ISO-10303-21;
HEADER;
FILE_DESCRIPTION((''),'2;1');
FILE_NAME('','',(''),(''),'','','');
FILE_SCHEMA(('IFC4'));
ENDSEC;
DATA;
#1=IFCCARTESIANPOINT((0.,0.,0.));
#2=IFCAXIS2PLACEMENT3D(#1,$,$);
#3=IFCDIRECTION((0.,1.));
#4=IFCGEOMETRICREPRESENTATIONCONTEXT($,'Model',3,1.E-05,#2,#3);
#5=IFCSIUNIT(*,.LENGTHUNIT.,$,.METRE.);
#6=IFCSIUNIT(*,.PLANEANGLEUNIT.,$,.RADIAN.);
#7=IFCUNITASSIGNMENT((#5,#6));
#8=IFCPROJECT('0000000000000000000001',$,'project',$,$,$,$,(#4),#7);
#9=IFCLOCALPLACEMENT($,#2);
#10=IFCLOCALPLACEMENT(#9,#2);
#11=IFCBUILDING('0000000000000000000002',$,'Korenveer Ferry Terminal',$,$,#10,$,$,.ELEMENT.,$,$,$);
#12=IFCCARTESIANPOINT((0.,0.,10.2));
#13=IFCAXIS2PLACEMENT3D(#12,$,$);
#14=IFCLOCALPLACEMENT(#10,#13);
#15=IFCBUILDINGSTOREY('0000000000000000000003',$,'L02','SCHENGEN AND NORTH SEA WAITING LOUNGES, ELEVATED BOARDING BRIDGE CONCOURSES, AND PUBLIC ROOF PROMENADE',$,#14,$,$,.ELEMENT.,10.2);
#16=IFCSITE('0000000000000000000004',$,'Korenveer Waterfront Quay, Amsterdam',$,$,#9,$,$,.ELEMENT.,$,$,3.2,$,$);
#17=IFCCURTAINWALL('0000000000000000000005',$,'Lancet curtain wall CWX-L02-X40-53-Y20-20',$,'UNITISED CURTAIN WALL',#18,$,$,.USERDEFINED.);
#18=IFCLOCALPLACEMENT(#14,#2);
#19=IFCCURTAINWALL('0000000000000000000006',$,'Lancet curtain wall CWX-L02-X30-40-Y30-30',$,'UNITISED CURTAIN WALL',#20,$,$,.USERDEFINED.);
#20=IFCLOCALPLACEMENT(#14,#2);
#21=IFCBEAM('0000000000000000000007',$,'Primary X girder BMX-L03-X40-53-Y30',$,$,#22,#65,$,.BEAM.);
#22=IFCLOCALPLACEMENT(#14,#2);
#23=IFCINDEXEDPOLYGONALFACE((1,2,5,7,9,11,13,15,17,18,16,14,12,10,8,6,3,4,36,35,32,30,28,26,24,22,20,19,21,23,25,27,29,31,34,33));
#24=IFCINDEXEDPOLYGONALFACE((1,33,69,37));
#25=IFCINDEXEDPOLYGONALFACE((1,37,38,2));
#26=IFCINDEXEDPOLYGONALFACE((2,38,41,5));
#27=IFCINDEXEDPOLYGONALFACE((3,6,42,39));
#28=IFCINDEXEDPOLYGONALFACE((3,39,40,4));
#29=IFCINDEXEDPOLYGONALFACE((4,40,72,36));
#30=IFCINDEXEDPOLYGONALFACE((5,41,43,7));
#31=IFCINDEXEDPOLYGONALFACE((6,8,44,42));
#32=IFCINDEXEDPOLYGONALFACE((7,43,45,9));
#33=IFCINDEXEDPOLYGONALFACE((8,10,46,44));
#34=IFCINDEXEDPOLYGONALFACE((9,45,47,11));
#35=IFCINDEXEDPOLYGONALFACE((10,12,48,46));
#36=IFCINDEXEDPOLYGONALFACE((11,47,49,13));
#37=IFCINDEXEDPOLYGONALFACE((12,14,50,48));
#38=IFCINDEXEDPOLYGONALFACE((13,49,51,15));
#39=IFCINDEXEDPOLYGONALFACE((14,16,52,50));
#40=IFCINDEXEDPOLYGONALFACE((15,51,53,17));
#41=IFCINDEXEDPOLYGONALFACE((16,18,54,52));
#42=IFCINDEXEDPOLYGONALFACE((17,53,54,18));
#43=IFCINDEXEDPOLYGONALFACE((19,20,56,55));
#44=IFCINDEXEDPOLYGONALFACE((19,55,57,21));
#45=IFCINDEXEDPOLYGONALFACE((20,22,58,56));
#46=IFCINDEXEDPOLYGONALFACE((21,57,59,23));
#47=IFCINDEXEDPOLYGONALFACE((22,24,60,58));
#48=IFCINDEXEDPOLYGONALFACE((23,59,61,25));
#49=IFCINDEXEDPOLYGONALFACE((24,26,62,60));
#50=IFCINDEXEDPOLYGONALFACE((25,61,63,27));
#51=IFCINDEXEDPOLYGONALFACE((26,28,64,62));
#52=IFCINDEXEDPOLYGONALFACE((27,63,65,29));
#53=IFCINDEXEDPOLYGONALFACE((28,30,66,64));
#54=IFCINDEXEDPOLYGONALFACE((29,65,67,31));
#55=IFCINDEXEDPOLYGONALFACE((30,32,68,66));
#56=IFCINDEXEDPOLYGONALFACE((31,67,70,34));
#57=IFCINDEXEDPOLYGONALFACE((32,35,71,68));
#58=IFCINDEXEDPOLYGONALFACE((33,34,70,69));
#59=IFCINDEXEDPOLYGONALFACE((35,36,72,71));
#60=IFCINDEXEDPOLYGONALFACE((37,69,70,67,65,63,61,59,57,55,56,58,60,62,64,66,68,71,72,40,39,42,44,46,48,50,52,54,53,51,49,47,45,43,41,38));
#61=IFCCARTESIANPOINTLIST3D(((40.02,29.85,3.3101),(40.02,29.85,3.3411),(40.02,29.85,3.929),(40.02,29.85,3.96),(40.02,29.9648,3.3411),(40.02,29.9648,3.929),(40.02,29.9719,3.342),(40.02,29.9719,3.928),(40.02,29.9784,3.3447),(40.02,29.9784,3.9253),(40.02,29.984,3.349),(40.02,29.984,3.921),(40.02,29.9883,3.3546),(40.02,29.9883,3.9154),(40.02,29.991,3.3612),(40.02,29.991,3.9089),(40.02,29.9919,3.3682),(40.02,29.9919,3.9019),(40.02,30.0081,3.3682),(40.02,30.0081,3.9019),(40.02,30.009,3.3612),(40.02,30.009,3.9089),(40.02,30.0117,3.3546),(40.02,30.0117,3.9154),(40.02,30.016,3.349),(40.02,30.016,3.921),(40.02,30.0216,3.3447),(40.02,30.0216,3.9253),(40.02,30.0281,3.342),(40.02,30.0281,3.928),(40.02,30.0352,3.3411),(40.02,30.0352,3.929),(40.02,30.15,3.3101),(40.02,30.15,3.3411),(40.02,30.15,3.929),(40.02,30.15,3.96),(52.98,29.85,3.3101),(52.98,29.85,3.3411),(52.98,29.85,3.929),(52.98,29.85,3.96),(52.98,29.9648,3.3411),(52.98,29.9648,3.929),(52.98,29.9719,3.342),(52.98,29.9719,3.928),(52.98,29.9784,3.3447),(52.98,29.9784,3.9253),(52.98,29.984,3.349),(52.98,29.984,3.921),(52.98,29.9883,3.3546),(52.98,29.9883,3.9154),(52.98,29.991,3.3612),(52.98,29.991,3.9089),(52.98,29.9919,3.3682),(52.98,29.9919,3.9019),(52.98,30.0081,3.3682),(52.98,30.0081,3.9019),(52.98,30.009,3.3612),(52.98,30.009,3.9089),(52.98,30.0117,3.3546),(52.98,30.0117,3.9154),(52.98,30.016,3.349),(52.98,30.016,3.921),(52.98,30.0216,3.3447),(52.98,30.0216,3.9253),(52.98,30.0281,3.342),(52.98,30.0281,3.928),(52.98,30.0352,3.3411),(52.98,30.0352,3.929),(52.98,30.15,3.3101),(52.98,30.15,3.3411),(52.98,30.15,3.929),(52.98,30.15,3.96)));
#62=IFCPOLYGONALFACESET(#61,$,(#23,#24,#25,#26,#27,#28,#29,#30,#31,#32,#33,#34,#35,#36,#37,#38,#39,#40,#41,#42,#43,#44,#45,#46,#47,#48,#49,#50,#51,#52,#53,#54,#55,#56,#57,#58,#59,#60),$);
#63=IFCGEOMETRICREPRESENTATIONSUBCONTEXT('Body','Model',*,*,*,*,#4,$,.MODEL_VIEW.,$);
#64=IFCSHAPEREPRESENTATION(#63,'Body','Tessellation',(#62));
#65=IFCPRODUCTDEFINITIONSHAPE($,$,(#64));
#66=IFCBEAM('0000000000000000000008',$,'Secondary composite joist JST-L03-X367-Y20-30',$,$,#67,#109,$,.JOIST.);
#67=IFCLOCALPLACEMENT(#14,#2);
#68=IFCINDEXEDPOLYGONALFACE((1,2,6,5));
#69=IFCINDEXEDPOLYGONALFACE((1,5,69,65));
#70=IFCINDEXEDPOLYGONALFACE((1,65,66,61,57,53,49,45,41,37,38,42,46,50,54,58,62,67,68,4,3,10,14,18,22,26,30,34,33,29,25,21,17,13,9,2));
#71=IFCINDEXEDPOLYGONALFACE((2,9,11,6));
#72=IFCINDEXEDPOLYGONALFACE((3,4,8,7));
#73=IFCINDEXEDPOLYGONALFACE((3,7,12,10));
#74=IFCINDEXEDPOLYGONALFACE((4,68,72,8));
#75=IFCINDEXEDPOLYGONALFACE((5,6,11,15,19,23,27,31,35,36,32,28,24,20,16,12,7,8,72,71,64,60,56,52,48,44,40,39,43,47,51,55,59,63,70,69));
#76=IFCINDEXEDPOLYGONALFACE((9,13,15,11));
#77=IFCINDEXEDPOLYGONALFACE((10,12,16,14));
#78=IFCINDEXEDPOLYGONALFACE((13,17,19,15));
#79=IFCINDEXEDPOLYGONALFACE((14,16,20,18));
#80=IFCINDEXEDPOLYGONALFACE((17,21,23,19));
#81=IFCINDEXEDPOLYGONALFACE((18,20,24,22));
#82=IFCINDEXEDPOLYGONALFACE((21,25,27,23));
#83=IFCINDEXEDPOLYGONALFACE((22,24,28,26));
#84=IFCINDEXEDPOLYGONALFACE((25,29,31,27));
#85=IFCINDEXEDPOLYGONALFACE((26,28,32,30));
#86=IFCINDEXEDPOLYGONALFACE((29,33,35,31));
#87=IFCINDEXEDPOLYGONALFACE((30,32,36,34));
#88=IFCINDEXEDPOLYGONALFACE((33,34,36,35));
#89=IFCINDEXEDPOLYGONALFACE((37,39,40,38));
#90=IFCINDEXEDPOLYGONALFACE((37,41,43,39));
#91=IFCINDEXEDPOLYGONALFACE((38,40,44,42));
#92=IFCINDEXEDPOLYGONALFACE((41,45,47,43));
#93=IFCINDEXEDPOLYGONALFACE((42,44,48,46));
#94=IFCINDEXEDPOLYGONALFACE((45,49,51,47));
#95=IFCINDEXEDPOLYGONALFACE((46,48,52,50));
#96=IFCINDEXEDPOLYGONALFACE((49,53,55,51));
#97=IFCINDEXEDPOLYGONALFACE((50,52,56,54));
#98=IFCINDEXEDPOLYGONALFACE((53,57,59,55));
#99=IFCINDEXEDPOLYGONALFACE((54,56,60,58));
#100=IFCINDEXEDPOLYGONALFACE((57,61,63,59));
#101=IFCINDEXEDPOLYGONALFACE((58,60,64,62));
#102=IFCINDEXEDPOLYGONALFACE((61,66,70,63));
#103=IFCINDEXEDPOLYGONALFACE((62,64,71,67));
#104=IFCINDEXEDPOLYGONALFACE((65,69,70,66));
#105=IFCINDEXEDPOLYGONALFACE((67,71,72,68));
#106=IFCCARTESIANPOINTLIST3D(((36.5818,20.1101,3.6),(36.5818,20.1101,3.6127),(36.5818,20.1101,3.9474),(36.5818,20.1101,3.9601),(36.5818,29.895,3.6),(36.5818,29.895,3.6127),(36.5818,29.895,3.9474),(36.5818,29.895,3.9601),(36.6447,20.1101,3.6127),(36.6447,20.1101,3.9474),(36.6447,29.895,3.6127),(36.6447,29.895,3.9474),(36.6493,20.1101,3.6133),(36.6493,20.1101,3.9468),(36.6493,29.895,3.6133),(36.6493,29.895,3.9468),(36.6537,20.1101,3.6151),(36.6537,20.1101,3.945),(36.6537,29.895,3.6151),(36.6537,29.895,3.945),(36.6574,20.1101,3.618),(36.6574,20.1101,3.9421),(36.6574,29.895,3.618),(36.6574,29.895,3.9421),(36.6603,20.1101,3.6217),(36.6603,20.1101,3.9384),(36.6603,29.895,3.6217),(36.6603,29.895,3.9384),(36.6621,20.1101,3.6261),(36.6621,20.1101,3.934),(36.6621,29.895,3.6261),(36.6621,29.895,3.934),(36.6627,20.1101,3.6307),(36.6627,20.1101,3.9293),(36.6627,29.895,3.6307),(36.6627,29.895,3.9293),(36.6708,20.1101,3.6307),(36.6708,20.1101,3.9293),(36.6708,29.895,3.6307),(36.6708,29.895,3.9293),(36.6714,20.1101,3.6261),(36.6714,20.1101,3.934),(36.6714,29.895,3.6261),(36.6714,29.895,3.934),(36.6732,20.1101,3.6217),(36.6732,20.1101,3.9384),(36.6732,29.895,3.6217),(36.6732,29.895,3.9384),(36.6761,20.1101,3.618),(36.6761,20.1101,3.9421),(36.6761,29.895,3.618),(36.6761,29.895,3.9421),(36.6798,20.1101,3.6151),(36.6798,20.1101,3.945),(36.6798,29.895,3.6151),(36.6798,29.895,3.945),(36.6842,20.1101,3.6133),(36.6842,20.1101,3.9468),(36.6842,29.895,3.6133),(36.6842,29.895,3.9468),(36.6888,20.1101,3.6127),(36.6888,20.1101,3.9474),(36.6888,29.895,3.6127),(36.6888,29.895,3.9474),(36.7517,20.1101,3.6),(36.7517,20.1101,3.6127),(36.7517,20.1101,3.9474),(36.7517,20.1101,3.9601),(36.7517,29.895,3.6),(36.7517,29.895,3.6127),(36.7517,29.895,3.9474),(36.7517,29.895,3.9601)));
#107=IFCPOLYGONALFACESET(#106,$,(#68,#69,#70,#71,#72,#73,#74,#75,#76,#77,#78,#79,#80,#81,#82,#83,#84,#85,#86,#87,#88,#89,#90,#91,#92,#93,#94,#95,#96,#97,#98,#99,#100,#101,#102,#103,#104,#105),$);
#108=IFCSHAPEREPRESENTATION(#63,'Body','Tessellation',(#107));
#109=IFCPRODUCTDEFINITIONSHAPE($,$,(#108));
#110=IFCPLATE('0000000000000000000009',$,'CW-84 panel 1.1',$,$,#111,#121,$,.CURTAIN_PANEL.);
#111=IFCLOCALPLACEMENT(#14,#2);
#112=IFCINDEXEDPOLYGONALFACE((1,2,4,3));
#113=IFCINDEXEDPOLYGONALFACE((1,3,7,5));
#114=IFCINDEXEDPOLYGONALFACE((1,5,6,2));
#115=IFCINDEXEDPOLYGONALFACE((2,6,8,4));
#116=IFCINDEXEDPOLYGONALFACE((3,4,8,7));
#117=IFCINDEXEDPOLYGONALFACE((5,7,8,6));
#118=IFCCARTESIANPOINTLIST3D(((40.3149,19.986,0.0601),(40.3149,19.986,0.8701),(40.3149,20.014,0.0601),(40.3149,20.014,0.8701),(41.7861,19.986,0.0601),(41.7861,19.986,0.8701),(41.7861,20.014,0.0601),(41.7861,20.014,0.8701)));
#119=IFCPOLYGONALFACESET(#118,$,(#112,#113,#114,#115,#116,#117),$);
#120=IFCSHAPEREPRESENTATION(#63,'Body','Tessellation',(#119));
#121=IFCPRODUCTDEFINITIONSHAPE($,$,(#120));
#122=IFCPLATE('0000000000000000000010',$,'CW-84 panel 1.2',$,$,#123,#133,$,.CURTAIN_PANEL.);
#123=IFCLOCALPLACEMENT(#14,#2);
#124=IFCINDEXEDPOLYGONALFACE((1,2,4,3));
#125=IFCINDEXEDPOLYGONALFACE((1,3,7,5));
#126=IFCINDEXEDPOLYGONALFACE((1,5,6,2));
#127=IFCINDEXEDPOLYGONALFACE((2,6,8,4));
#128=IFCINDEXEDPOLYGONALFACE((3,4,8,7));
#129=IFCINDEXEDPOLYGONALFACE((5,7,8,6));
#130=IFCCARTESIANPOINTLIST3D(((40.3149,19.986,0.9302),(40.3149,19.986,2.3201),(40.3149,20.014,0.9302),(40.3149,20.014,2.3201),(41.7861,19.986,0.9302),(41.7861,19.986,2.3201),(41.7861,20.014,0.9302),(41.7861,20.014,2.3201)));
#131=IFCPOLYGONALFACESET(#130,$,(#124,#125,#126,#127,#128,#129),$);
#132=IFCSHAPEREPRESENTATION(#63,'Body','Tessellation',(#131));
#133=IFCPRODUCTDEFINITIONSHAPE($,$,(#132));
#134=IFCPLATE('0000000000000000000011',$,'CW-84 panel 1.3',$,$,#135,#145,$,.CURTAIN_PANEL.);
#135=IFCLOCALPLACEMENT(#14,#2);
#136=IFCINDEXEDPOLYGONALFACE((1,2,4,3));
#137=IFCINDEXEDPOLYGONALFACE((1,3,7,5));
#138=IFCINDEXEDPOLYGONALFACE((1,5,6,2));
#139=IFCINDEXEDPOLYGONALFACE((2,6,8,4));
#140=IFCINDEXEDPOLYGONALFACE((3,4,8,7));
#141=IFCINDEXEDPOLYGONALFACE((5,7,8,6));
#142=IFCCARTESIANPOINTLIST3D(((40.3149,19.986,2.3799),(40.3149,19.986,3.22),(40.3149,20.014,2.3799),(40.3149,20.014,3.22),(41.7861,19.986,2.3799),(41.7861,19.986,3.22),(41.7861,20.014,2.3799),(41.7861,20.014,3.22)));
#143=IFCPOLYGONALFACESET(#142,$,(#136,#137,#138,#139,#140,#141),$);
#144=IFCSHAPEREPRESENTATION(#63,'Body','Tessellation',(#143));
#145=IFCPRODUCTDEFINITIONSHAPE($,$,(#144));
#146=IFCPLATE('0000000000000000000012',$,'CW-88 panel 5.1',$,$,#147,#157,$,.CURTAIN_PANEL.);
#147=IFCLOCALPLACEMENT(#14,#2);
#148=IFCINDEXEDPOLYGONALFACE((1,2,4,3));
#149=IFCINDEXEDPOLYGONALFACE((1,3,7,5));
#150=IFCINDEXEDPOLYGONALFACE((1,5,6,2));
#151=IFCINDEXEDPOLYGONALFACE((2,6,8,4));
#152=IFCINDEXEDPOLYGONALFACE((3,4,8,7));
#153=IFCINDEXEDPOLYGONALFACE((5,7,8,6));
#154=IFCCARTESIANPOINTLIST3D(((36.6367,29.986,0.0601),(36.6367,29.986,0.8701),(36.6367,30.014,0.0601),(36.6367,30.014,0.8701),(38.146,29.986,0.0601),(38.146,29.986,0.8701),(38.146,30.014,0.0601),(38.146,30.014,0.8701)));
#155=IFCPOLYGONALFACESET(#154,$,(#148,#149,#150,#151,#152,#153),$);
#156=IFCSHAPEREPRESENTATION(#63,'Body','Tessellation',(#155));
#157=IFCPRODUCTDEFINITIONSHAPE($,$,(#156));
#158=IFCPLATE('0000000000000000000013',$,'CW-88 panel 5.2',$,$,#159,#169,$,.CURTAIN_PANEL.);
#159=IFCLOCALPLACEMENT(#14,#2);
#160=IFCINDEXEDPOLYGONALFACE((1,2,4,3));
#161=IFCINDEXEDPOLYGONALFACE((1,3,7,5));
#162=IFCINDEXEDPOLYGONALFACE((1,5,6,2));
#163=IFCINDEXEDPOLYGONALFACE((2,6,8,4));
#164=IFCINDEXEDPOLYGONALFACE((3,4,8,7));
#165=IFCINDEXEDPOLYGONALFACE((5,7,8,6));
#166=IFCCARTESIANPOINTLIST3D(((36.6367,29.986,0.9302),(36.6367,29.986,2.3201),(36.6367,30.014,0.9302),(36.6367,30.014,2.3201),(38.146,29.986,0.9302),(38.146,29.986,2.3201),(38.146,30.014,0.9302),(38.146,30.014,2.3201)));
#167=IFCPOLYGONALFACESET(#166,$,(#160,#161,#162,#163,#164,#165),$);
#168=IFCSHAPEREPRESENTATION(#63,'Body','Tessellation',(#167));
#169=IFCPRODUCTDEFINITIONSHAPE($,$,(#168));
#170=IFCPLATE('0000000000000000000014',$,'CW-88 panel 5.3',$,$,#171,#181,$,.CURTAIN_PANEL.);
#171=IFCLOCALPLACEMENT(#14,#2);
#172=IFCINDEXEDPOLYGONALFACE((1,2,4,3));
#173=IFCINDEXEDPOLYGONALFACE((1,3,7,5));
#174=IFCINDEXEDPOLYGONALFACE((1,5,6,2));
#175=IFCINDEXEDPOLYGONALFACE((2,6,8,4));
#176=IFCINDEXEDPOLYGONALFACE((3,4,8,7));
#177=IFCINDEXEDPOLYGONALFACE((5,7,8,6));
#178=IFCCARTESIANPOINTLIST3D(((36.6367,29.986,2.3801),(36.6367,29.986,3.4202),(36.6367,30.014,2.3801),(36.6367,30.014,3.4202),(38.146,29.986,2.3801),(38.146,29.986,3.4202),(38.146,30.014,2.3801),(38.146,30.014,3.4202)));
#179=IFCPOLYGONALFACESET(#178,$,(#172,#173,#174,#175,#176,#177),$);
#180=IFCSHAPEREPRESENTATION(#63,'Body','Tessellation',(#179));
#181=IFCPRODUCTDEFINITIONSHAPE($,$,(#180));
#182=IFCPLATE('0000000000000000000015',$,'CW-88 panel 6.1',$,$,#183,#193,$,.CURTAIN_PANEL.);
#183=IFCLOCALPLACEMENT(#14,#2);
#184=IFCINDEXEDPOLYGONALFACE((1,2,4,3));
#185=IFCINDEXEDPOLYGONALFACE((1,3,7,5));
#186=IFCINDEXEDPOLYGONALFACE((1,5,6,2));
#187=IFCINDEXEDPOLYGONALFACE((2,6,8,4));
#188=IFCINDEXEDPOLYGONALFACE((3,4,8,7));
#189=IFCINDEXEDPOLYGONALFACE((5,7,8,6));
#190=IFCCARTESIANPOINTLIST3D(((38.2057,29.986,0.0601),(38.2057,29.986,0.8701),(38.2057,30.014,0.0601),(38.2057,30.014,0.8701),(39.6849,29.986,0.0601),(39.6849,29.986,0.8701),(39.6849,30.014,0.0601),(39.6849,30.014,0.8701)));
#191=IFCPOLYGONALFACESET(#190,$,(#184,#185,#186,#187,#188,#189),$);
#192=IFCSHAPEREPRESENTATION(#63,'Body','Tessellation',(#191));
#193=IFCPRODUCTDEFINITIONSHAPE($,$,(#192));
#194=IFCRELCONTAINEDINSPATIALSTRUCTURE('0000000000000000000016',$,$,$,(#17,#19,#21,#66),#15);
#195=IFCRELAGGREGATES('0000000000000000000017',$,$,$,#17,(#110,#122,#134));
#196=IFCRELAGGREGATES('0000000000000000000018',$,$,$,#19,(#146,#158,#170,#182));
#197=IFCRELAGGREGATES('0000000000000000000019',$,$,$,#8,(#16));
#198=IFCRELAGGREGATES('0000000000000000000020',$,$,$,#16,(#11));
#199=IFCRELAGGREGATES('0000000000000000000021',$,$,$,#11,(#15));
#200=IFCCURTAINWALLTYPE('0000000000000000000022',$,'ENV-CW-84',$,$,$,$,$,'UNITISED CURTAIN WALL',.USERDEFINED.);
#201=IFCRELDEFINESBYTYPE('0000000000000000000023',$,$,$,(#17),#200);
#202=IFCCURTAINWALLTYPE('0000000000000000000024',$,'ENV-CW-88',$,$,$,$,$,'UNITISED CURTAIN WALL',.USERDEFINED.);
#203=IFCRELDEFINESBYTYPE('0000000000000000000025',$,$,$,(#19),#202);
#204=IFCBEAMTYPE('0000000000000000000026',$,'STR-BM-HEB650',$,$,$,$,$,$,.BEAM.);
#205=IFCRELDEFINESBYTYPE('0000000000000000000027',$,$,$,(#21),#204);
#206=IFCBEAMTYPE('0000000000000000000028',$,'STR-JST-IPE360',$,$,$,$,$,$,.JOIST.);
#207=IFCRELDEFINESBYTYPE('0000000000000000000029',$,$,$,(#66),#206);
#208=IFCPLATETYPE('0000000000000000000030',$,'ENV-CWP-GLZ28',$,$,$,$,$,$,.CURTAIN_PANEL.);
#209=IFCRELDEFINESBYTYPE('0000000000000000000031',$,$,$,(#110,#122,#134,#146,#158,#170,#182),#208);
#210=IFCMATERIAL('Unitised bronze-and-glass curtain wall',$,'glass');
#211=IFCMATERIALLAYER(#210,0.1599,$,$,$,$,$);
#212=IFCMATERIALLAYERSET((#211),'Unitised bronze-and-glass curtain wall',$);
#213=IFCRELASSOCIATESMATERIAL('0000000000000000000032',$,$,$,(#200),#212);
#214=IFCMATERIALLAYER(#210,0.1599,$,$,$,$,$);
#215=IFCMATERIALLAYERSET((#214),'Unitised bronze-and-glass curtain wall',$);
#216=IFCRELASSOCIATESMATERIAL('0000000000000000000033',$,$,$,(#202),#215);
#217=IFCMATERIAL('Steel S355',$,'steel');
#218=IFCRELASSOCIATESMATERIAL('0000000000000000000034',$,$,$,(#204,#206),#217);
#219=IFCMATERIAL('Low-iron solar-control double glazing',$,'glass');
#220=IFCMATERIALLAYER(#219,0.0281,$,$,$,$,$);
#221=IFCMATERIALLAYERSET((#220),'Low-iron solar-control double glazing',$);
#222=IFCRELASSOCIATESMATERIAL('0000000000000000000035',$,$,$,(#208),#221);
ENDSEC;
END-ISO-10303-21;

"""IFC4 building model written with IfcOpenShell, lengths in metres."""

from ifc_helpers import new_model, si_unit, direction, frame, origin, origin_2d, place, context, subcontext, project, spatial, rectangle, i_section, extrude, material, layer, layer_set, material_profile, profile_set, type_object, element, aggregate, save


model = new_model("IFC4")

# Units and contexts
model_context = context("Model", 3, precision=1e-05, world=origin(), true_north=direction((0.0, 1.0)))
body_context = subcontext(model_context, "Body", "Model", "MODEL_VIEW")
ifc_project = project(units=[si_unit("LENGTHUNIT", "METRE"), si_unit("PLANEANGLEUNIT", "RADIAN")], contexts=[model_context])

# Site, building, storey
site_placement = place(None, origin())
site = spatial("IfcSite", under=ifc_project, at=site_placement, Name="Korenveer Waterfront Quay, Amsterdam", CompositionType="ELEMENT", RefElevation=3.2)
building_placement = place(site_placement, origin())
building = spatial("IfcBuilding", under=site, at=building_placement, Name="Korenveer Ferry Terminal", CompositionType="ELEMENT")
storey_placement = place(building_placement, frame((0.0, 0.0, 10.2)))
storey = spatial("IfcBuildingStorey", under=building, at=storey_placement, Name="L02", Description="SCHENGEN AND NORTH SEA WAITING LOUNGES, ELEVATED BOARDING BRIDGE CONCOURSES, AND PUBLIC ROOF PROMENADE", CompositionType="ELEMENT", Elevation=10.2)

# Curtain walls
ifc_material_1 = material(Name="Unitised bronze-and-glass curtain wall", Category="glass")
ifc_layer_1 = layer(ifc_material_1, 0.1599)
ifc_layer_set_1 = layer_set([ifc_layer_1], Name="Unitised bronze-and-glass curtain wall")
curtain_wall_type_1 = type_object("IfcCurtainWallType", Name="ENV-CW-84", ElementType="UNITISED CURTAIN WALL", PredefinedType="USERDEFINED", material=ifc_layer_set_1)
curtain_wall_1_placement = place(storey_placement, frame((40.2549, 20.0, 0.0)))
curtain_wall_1 = element("IfcCurtainWall", 1, at=curtain_wall_1_placement, inside=storey, type_object=curtain_wall_type_1, Name="Lancet curtain wall CWX-L02-X40-53-Y20-20", ObjectType="UNITISED CURTAIN WALL", PredefinedType="USERDEFINED")
ifc_layer_2 = layer(ifc_material_1, 0.1599)
ifc_layer_set_2 = layer_set([ifc_layer_2], Name="Unitised bronze-and-glass curtain wall")
curtain_wall_type_2 = type_object("IfcCurtainWallType", Name="ENV-CW-88", ElementType="UNITISED CURTAIN WALL", PredefinedType="USERDEFINED", material=ifc_layer_set_2)
curtain_wall_2_placement = place(storey_placement, frame((30.3301, 30.0, 0.0)))
curtain_wall_2 = element("IfcCurtainWall", 2, at=curtain_wall_2_placement, inside=storey, type_object=curtain_wall_type_2, Name="Lancet curtain wall CWX-L02-X30-40-Y30-30", ObjectType="UNITISED CURTAIN WALL", PredefinedType="USERDEFINED")

# Beams
ifc_material_2 = material(Name="Steel S355", Category="steel")
ifc_material_profile_1 = material_profile(ifc_material_2, i_section(OverallWidth=0.3, OverallDepth=0.6499, WebThickness=0.0161, FlangeThickness=0.031, FilletRadius=0.0271, at=origin_2d()), Name="HEB 650")
ifc_profile_set_1 = profile_set([ifc_material_profile_1], Name="Steel S355")
beam_type_1 = type_object("IfcBeamType", Name="STR-BM-HEB650", PredefinedType="BEAM", material=ifc_profile_set_1)
for number, where, z_axis, x_axis, name in (
    (3, (40.02, 30.0, 3.635), (1.0, 0.0, 0.0), (0.0, 1.0, 0.0), "Primary X girder BMX-L03-X40-53-Y30"),
):
    element("IfcBeam", number, at=place(storey_placement, frame(where, z_axis=z_axis, x_axis=x_axis)), inside=storey, type_object=beam_type_1, Name=name, PredefinedType="BEAM", context=body_context, shape_type="SweptSolid", body=[
        extrude(i_section(OverallWidth=0.3, OverallDepth=0.6499, WebThickness=0.0161, FlangeThickness=0.031, FilletRadius=0.0271, at=origin_2d()), origin(), (0.0, 0.0, 1.0), 12.96),
    ])
ifc_material_profile_2 = material_profile(ifc_material_2, i_section(OverallWidth=0.1699, OverallDepth=0.3601, WebThickness=0.0081, FlangeThickness=0.0127, FilletRadius=0.0181, at=origin_2d()), Name="IPE 360")
ifc_profile_set_2 = profile_set([ifc_material_profile_2], Name="Steel S355")
beam_type_2 = type_object("IfcBeamType", Name="STR-JST-IPE360", PredefinedType="JOIST", material=ifc_profile_set_2)
beam_1_placement = place(storey_placement, frame((36.6667, 20.1101, 3.78), z_axis=(0.0, 1.0, 0.0), x_axis=(-1.0, 0.0, 0.0)))
element("IfcBeam", 4, at=beam_1_placement, inside=storey, type_object=beam_type_2, Name="Secondary composite joist JST-L03-X367-Y20-30", PredefinedType="JOIST", context=body_context, shape_type="SweptSolid", body=[
    extrude(i_section(OverallWidth=0.1699, OverallDepth=0.3601, WebThickness=0.0081, FlangeThickness=0.0127, FilletRadius=0.0181, at=origin_2d()), origin(), (0.0, 0.0, 1.0), 9.7849),
])

# Plates
ifc_material_3 = material(Name="Low-iron solar-control double glazing", Category="glass")
ifc_layer_3 = layer(ifc_material_3, 0.0281)
ifc_layer_set_3 = layer_set([ifc_layer_3], Name="Low-iron solar-control double glazing")
plate_type = type_object("IfcPlateType", Name="ENV-CWP-GLZ28", PredefinedType="CURTAIN_PANEL", material=ifc_layer_set_3)
plate_1_placement = place(storey_placement, frame((41.0505, 20.0, 0.0601), z_axis=(0.0, 0.0, 1.0), x_axis=(1.0, 0.0, 0.0)))
plate_1 = element("IfcPlate", 5, at=plate_1_placement, type_object=plate_type, Name="CW-84 panel 1.1", PredefinedType="CURTAIN_PANEL", context=body_context, shape_type="SweptSolid", body=[
    extrude(rectangle(XDim=1.4712, YDim=0.0281, at=origin_2d()), origin(), (0.0, 0.0, 1.0), 0.8101),
])
plate_2_placement = place(storey_placement, frame((41.0505, 20.0, 0.9302), z_axis=(0.0, 0.0, 1.0), x_axis=(1.0, 0.0, 0.0)))
plate_2 = element("IfcPlate", 6, at=plate_2_placement, type_object=plate_type, Name="CW-84 panel 1.2", PredefinedType="CURTAIN_PANEL", context=body_context, shape_type="SweptSolid", body=[
    extrude(rectangle(XDim=1.4712, YDim=0.0281, at=origin_2d()), origin(), (0.0, 0.0, 1.0), 1.3899),
])
plate_3_placement = place(storey_placement, frame((41.0505, 20.0, 2.3799), z_axis=(0.0, 0.0, 1.0), x_axis=(1.0, 0.0, 0.0)))
plate_3 = element("IfcPlate", 7, at=plate_3_placement, type_object=plate_type, Name="CW-84 panel 1.3", PredefinedType="CURTAIN_PANEL", context=body_context, shape_type="SweptSolid", body=[
    extrude(rectangle(XDim=1.4712, YDim=0.0281, at=origin_2d()), origin(), (0.0, 0.0, 1.0), 0.8401),
])
aggregate(curtain_wall_1, [plate_1, plate_2, plate_3])
plate_4_placement = place(storey_placement, frame((37.3914, 30.0, 0.0601), z_axis=(0.0, 0.0, 1.0), x_axis=(1.0, 0.0, 0.0)))
plate_4 = element("IfcPlate", 8, at=plate_4_placement, type_object=plate_type, Name="CW-88 panel 5.1", PredefinedType="CURTAIN_PANEL", context=body_context, shape_type="SweptSolid", body=[
    extrude(rectangle(XDim=1.5093, YDim=0.0281, at=origin_2d()), origin(), (0.0, 0.0, 1.0), 0.8101),
])
plate_5_placement = place(storey_placement, frame((37.3914, 30.0, 0.9302), z_axis=(0.0, 0.0, 1.0), x_axis=(1.0, 0.0, 0.0)))
plate_5 = element("IfcPlate", 9, at=plate_5_placement, type_object=plate_type, Name="CW-88 panel 5.2", PredefinedType="CURTAIN_PANEL", context=body_context, shape_type="SweptSolid", body=[
    extrude(rectangle(XDim=1.5093, YDim=0.0281, at=origin_2d()), origin(), (0.0, 0.0, 1.0), 1.3899),
])
plate_6_placement = place(storey_placement, frame((37.3914, 30.0, 2.3801), z_axis=(0.0, 0.0, 1.0), x_axis=(1.0, 0.0, 0.0)))
plate_6 = element("IfcPlate", 10, at=plate_6_placement, type_object=plate_type, Name="CW-88 panel 5.3", PredefinedType="CURTAIN_PANEL", context=body_context, shape_type="SweptSolid", body=[
    extrude(rectangle(XDim=1.5093, YDim=0.0281, at=origin_2d()), origin(), (0.0, 0.0, 1.0), 1.04),
])
plate_7_placement = place(storey_placement, frame((38.9453, 30.0, 0.0601), z_axis=(0.0, 0.0, 1.0), x_axis=(1.0, 0.0, 0.0)))
plate_7 = element("IfcPlate", 11, at=plate_7_placement, type_object=plate_type, Name="CW-88 panel 6.1", PredefinedType="CURTAIN_PANEL", context=body_context, shape_type="SweptSolid", body=[
    extrude(rectangle(XDim=1.4792, YDim=0.0281, at=origin_2d()), origin(), (0.0, 0.0, 1.0), 0.8101),
])
aggregate(curtain_wall_2, [plate_4, plate_5, plate_6, plate_7])

save(model, "model.ifc")
